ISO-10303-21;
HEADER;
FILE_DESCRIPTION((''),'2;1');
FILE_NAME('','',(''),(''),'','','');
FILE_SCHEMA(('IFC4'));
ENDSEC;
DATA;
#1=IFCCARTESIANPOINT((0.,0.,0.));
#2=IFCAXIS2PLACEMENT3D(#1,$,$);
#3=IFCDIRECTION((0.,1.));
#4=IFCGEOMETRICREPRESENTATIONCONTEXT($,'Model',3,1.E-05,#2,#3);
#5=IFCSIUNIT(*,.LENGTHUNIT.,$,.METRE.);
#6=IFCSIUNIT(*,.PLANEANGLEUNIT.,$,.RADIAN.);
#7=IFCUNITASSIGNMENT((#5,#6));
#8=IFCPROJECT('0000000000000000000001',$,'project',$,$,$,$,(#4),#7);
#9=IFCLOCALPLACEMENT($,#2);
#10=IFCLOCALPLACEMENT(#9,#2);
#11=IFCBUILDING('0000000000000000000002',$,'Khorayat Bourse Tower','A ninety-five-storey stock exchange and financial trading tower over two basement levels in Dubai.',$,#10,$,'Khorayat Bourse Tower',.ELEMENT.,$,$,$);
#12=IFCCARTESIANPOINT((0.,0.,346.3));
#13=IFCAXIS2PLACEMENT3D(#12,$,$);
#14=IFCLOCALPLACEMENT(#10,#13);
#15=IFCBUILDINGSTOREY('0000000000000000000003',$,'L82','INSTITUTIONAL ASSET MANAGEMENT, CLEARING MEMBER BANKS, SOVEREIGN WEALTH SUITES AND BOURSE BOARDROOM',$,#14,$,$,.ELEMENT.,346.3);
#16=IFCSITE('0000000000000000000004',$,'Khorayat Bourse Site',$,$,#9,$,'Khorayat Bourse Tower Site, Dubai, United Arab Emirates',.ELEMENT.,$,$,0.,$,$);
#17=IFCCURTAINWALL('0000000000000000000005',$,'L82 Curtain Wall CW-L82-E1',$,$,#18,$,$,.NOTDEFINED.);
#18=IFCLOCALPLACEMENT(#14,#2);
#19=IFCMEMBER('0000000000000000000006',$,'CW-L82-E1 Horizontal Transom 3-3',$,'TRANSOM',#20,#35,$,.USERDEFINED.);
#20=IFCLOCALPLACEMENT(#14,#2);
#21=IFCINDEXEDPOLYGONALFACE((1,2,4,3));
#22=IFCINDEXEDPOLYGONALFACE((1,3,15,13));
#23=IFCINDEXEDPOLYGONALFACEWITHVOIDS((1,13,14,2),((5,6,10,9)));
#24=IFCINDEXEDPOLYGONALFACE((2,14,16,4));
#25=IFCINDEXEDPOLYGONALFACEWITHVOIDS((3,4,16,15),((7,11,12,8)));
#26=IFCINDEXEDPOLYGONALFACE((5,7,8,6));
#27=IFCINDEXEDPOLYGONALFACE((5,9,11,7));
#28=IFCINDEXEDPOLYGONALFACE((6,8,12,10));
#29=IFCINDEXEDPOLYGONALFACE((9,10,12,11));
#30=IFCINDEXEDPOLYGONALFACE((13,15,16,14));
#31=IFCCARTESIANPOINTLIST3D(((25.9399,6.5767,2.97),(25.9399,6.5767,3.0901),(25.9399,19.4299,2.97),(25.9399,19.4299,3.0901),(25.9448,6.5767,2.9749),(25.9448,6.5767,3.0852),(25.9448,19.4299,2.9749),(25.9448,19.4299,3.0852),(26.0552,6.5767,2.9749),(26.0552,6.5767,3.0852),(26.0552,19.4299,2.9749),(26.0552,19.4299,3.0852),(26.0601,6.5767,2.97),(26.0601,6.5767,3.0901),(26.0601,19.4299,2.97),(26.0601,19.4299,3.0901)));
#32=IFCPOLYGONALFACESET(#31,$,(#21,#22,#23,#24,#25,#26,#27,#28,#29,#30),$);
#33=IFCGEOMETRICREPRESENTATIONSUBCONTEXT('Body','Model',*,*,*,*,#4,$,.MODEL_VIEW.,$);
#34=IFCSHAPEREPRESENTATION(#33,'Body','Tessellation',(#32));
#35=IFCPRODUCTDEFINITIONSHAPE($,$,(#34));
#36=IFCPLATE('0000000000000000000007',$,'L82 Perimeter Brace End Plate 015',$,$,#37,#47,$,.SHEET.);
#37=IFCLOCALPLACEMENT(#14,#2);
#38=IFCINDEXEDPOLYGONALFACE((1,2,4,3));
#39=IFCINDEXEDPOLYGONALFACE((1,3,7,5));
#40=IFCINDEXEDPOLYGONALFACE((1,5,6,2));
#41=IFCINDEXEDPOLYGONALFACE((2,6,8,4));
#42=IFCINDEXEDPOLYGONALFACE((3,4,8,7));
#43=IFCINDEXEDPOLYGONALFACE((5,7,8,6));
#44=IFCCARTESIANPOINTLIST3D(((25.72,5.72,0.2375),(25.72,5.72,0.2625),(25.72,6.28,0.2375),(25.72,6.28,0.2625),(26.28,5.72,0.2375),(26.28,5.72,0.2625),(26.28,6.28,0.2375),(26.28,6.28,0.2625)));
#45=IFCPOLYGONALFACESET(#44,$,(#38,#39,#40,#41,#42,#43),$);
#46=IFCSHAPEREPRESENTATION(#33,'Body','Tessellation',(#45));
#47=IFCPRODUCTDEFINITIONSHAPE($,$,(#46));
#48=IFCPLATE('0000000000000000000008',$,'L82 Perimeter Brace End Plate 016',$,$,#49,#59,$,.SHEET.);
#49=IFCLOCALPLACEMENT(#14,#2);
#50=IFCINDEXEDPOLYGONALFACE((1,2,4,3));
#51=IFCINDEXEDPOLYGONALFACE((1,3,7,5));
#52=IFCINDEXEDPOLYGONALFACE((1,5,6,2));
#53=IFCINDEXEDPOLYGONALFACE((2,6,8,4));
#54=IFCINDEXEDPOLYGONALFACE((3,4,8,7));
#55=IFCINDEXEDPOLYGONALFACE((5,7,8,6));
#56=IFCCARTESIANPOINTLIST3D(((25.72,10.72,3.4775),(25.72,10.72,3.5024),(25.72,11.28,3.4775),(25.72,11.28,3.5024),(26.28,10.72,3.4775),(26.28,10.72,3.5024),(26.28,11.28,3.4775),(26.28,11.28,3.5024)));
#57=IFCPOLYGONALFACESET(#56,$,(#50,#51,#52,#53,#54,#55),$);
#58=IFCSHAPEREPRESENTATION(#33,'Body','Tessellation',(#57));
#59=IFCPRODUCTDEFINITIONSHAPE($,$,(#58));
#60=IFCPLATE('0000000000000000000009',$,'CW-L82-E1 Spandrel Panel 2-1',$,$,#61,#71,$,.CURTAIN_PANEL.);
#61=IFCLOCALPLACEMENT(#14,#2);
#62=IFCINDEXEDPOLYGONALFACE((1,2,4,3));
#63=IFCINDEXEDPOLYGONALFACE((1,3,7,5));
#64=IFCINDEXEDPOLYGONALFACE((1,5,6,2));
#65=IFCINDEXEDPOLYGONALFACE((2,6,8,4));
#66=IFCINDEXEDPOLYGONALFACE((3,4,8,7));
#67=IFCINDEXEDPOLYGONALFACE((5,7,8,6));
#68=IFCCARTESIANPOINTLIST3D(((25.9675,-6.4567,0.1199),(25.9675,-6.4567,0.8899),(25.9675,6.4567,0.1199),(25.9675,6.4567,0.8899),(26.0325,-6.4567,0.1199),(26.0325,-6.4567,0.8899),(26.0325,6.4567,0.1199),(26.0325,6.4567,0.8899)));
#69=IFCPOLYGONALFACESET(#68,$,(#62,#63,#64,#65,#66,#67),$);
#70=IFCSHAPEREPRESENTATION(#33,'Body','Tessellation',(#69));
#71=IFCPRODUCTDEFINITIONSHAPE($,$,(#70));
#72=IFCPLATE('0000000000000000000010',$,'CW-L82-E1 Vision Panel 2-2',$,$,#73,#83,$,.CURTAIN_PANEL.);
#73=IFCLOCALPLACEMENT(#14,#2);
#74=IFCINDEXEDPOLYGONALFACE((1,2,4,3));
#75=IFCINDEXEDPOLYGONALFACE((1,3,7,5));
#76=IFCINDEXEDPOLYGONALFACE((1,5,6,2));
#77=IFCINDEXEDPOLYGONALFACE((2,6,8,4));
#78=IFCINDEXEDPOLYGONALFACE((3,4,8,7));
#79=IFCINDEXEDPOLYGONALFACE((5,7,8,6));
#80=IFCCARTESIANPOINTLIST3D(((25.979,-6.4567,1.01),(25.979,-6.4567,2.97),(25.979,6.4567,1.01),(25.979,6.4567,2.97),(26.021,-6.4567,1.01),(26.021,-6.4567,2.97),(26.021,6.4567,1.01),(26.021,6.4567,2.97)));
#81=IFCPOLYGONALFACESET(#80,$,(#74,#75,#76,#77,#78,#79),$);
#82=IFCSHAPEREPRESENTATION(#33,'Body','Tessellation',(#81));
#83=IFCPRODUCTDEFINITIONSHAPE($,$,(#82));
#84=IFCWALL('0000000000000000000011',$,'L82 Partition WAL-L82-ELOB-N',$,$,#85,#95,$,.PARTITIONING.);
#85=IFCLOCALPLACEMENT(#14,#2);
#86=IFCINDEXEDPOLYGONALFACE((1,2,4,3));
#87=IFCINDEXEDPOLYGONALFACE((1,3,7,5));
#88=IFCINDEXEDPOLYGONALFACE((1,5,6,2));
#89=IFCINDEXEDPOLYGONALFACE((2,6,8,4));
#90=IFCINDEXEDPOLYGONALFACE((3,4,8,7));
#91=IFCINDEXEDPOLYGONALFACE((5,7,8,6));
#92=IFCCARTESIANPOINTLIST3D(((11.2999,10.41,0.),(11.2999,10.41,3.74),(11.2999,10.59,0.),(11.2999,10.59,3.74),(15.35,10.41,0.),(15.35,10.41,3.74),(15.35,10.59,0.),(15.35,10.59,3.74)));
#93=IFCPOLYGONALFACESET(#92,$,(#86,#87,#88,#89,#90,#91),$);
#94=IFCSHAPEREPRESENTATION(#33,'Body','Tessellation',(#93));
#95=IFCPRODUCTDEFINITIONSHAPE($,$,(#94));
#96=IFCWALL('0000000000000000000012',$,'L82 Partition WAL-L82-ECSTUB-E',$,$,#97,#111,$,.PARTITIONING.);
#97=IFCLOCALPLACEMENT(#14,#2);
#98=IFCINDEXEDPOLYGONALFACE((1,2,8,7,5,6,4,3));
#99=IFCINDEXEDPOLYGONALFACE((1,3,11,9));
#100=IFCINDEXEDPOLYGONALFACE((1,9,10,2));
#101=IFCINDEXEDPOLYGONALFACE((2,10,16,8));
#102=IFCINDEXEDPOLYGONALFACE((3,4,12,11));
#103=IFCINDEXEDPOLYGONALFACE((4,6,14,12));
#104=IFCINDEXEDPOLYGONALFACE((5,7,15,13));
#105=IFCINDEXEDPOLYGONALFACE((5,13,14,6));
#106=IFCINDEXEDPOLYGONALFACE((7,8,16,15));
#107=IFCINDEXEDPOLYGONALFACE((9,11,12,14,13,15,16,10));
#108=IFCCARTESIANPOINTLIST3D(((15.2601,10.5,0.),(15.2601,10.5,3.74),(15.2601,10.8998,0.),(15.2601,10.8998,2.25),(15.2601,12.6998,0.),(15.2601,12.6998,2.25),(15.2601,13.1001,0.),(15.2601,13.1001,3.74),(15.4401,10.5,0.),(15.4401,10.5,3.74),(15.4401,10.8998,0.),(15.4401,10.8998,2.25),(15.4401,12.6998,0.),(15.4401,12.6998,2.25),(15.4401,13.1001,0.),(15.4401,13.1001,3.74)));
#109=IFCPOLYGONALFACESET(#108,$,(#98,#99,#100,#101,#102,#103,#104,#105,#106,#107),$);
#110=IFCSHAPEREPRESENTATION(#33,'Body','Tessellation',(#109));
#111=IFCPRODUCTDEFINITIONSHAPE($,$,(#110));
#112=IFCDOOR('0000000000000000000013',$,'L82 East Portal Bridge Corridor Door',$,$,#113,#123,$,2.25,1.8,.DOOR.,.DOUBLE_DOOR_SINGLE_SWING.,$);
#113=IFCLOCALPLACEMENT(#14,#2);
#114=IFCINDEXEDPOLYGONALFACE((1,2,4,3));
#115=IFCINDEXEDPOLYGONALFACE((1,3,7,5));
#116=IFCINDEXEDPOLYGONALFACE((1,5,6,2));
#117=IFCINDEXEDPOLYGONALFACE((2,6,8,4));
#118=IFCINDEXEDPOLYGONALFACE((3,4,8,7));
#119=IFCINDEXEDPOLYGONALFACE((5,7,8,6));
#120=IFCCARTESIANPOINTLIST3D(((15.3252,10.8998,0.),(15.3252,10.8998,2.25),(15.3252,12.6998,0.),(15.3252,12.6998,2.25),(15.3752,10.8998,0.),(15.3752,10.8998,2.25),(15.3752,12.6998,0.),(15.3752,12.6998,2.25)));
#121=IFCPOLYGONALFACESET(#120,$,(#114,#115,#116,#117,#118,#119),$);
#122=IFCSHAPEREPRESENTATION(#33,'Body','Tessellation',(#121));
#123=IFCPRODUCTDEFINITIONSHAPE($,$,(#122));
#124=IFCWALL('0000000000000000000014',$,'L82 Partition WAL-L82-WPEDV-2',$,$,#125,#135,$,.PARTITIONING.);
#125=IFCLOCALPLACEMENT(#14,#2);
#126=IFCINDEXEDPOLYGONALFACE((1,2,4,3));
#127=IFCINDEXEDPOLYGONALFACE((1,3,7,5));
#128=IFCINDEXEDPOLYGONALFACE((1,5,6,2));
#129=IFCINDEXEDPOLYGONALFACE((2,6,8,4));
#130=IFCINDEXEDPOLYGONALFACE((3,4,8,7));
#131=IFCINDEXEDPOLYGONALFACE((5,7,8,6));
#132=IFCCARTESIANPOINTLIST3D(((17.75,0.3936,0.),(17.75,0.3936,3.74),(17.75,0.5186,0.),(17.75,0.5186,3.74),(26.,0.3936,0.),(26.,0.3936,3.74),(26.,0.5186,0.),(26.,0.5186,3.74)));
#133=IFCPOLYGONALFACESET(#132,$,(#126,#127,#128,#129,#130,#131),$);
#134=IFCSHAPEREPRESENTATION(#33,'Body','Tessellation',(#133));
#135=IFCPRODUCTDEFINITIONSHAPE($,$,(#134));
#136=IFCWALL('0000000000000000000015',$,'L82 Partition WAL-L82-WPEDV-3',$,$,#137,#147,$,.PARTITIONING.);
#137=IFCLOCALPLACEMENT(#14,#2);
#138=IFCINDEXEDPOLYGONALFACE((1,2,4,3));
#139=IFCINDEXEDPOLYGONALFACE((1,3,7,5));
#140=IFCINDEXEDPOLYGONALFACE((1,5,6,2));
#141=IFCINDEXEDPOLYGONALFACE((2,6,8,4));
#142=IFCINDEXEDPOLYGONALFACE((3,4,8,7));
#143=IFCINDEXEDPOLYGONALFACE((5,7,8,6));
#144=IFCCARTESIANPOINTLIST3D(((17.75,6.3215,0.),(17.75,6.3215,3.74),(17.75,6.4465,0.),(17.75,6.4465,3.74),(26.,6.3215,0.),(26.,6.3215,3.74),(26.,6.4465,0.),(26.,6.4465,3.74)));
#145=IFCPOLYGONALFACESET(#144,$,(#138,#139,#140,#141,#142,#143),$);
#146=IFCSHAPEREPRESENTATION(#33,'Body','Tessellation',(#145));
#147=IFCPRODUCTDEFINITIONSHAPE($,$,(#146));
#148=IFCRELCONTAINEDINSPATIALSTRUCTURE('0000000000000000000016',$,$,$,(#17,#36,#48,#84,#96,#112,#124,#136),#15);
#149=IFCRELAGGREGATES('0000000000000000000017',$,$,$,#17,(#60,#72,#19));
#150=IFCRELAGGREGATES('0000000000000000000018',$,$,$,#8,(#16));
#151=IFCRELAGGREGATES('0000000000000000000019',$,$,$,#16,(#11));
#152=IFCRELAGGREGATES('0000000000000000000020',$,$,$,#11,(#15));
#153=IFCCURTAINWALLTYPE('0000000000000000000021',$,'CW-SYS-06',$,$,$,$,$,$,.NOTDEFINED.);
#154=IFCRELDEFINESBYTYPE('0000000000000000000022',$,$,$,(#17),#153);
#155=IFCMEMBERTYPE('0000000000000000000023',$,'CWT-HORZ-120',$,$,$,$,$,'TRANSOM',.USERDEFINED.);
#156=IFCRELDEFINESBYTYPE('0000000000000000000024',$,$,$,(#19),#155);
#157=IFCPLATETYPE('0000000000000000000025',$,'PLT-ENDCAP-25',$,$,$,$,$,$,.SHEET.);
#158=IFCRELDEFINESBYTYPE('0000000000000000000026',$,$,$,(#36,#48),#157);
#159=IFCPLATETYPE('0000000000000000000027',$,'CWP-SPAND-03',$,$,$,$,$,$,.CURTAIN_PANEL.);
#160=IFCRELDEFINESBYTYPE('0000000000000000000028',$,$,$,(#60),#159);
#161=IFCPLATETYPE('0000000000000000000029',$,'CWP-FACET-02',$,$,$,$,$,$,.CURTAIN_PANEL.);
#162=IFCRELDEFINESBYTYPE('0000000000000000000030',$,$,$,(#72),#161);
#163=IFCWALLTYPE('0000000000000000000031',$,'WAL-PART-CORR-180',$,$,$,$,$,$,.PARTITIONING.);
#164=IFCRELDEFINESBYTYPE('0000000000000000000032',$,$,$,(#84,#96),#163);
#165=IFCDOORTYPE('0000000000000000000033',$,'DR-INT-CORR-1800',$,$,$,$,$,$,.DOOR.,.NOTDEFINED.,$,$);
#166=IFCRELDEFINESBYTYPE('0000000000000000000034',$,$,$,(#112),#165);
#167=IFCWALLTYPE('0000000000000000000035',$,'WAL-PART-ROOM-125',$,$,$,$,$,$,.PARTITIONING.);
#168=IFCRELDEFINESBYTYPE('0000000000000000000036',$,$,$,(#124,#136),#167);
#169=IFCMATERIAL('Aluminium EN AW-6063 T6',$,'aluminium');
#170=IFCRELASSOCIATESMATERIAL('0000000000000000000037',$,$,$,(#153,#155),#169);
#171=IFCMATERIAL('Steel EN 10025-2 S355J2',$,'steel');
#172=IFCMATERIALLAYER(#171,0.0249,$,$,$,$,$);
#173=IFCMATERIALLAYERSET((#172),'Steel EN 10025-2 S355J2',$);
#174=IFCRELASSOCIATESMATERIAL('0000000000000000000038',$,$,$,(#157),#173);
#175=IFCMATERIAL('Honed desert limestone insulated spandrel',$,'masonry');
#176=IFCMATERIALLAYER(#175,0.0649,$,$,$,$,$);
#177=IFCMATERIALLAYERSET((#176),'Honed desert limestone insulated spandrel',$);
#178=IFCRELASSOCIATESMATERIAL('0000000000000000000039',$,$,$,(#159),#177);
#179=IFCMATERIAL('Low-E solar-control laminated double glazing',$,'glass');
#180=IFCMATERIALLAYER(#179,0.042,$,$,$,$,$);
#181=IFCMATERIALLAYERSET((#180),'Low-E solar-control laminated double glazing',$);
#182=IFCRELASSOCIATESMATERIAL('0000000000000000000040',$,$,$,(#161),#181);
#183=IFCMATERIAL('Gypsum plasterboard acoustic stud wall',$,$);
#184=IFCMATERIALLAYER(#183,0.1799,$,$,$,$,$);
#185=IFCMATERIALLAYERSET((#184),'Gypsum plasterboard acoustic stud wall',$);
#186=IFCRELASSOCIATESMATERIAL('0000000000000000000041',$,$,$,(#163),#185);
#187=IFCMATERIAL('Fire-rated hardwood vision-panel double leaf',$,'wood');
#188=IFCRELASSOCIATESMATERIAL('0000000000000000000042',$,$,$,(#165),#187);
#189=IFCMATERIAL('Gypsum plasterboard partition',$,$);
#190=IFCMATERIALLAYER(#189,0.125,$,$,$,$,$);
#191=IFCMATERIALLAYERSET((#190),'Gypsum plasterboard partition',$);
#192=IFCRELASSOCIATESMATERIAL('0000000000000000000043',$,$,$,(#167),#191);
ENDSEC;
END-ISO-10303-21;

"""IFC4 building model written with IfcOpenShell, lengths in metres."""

from ifc_helpers import new_model, si_unit, direction, frame, frame_2d, origin, origin_2d, place, context, subcontext, project, spatial, rectangle, hollow_rectangle, extrude, source, transform, mapped, material, layer, layer_set, material_profile, profile_set, type_object, element, fill, aggregate, save


model = new_model("IFC4")

# Units and contexts
model_context = context("Model", 3, precision=1e-05, world=origin(), true_north=direction((0.0, 1.0)))
body_context = subcontext(model_context, "Body", "Model", "MODEL_VIEW")
ifc_project = project(units=[si_unit("LENGTHUNIT", "METRE"), si_unit("PLANEANGLEUNIT", "RADIAN")], contexts=[model_context])

# Site, building, storey
site_placement = place(None, origin())
site = spatial("IfcSite", under=ifc_project, at=site_placement, Name="Khorayat Bourse Site", LongName="Khorayat Bourse Tower Site, Dubai, United Arab Emirates", CompositionType="ELEMENT", RefElevation=0.0)
building_placement = place(site_placement, origin())
building = spatial("IfcBuilding", under=site, at=building_placement, Name="Khorayat Bourse Tower", Description="A ninety-five-storey stock exchange and financial trading tower over two basement levels in Dubai.", LongName="Khorayat Bourse Tower", CompositionType="ELEMENT")
storey_placement = place(building_placement, frame((0.0, 0.0, 346.3)))
storey = spatial("IfcBuildingStorey", under=building, at=storey_placement, Name="L82", Description="INSTITUTIONAL ASSET MANAGEMENT, CLEARING MEMBER BANKS, SOVEREIGN WEALTH SUITES AND BOURSE BOARDROOM", CompositionType="ELEMENT", Elevation=346.3)

# Shared definitions
ifc_material_1 = material(Name="Steel EN 10025-2 S355J2", Category="steel")

# Curtain wall, member
ifc_material_2 = material(Name="Aluminium EN AW-6063 T6", Category="aluminium")
curtain_wall_type = type_object("IfcCurtainWallType", Name="CW-SYS-06", PredefinedType="NOTDEFINED", material=ifc_material_2)
curtain_wall_placement = place(storey_placement, origin())
curtain_wall = element("IfcCurtainWall", 1, at=curtain_wall_placement, inside=storey, type_object=curtain_wall_type, Name="L82 Curtain Wall CW-L82-E1", PredefinedType="NOTDEFINED")
ifc_material_profile_1 = material_profile(ifc_material_2, hollow_rectangle(XDim=0.1201, YDim=0.1201, WallThickness=0.0049, at=origin_2d()), Name="ALU 120x120x5")
ifc_profile_set_1 = profile_set([ifc_material_profile_1], Name="Aluminium EN AW-6063 T6")
member_type_1 = type_object("IfcMemberType", Name="CWT-HORZ-120", ElementType="TRANSOM", PredefinedType="USERDEFINED", material=ifc_profile_set_1)
shared_shape_1 = source(origin(), body_context, "Body", "SweptSolid", [
    extrude(hollow_rectangle(XDim=0.1201, YDim=0.1201, WallThickness=0.0049, at=origin_2d()), origin(), (0.0, 0.0, 1.0), 12.8533),
])
member_1_placement = place(storey_placement, frame((26.0, 6.5767, 3.03), z_axis=(0.0, 1.0, 0.0), x_axis=(-1.0, 0.0, 0.0)))
member_1 = element("IfcMember", 2, at=member_1_placement, type_object=member_type_1, Name="CW-L82-E1 Horizontal Transom 3-3", ObjectType="TRANSOM", PredefinedType="USERDEFINED", context=body_context, shape_type="MappedRepresentation", body=[
    mapped(shared_shape_1, transform((0.0, 0.0, 0.0), scale=1.0)),
])

# Plates
ifc_layer_1 = layer(ifc_material_1, 0.0249)
ifc_layer_set_1 = layer_set([ifc_layer_1], Name="Steel EN 10025-2 S355J2")
plate_type_1 = type_object("IfcPlateType", Name="PLT-ENDCAP-25", PredefinedType="SHEET", material=ifc_layer_set_1)
shared_shape_2 = source(origin(), body_context, "Body", "SweptSolid", [
    extrude(rectangle(XDim=0.5601, YDim=0.5601, at=origin_2d()), origin(), (0.0, 0.0, 1.0), 0.0249),
])
for number, where, z_axis, x_axis, name in (
    (3, (26.0, 6.0, 0.2375), (0.0, 0.0, 1.0), (1.0, 0.0, 0.0), "L82 Perimeter Brace End Plate 015"),
    (4, (26.0, 11.0, 3.4775), (0.0, 0.0, 1.0), (1.0, 0.0, 0.0), "L82 Perimeter Brace End Plate 016"),
):
    element("IfcPlate", number, at=place(storey_placement, frame(where, z_axis=z_axis, x_axis=x_axis)), inside=storey, type_object=plate_type_1, Name=name, PredefinedType="SHEET", context=body_context, shape_type="MappedRepresentation", body=[
        mapped(shared_shape_2, transform((0.0, 0.0, 0.0), scale=1.0)),
    ])

# Plates
ifc_material_3 = material(Name="Honed desert limestone insulated spandrel", Category="masonry")
ifc_layer_2 = layer(ifc_material_3, 0.0649)
ifc_layer_set_2 = layer_set([ifc_layer_2], Name="Honed desert limestone insulated spandrel")
plate_type_2 = type_object("IfcPlateType", Name="CWP-SPAND-03", PredefinedType="CURTAIN_PANEL", material=ifc_layer_set_2)
shared_shape_3 = source(origin(), body_context, "Body", "SweptSolid", [
    extrude(rectangle(XDim=12.9133, YDim=0.0649, at=origin_2d()), origin(), (0.0, 0.0, 1.0), 0.77),
])
plate_1_placement = place(storey_placement, frame((26.0, 0.0, 0.1199), z_axis=(0.0, 0.0, 1.0), x_axis=(0.0, 1.0, 0.0)))
plate_1 = element("IfcPlate", 5, at=plate_1_placement, type_object=plate_type_2, Name="CW-L82-E1 Spandrel Panel 2-1", PredefinedType="CURTAIN_PANEL", context=body_context, shape_type="MappedRepresentation", body=[
    mapped(shared_shape_3, transform((0.0, 0.0, 0.0), scale=1.0)),
])
ifc_material_4 = material(Name="Low-E solar-control laminated double glazing", Category="glass")
ifc_layer_3 = layer(ifc_material_4, 0.042)
ifc_layer_set_3 = layer_set([ifc_layer_3], Name="Low-E solar-control laminated double glazing")
plate_type_3 = type_object("IfcPlateType", Name="CWP-FACET-02", PredefinedType="CURTAIN_PANEL", material=ifc_layer_set_3)
shared_shape_4 = source(origin(), body_context, "Body", "SweptSolid", [
    extrude(rectangle(XDim=12.9133, YDim=0.042, at=origin_2d()), origin(), (0.0, 0.0, 1.0), 1.96),
])
plate_2_placement = place(storey_placement, frame((26.0, 0.0, 1.01), z_axis=(0.0, 0.0, 1.0), x_axis=(0.0, 1.0, 0.0)))
plate_2 = element("IfcPlate", 6, at=plate_2_placement, type_object=plate_type_3, Name="CW-L82-E1 Vision Panel 2-2", PredefinedType="CURTAIN_PANEL", context=body_context, shape_type="MappedRepresentation", body=[
    mapped(shared_shape_4, transform((0.0, 0.0, 0.0), scale=1.0)),
])
aggregate(curtain_wall, [plate_1, plate_2, member_1])

# Wall
ifc_material_5 = material(Name="Gypsum plasterboard acoustic stud wall")
ifc_layer_4 = layer(ifc_material_5, 0.1799)
ifc_layer_set_4 = layer_set([ifc_layer_4], Name="Gypsum plasterboard acoustic stud wall")
wall_type_1 = type_object("IfcWallType", Name="WAL-PART-CORR-180", PredefinedType="PARTITIONING", material=ifc_layer_set_4)
shared_shape_5 = source(origin(), body_context, "Body", "SweptSolid", [
    extrude(rectangle(XDim=4.05, YDim=0.1799, at=frame_2d((2.0249, 0.0))), origin(), (0.0, 0.0, 1.0), 3.74),
])
wall_1_placement = place(storey_placement, frame((11.3, 10.5, 0.0), z_axis=(0.0, 0.0, 1.0), x_axis=(1.0, 0.0, 0.0)))
element("IfcWall", 7, at=wall_1_placement, inside=storey, type_object=wall_type_1, Name="L82 Partition WAL-L82-ELOB-N", PredefinedType="PARTITIONING", context=body_context, shape_type="MappedRepresentation", body=[
    mapped(shared_shape_5, transform((0.0, 0.0, 0.0), scale=1.0)),
])

# Wall, opening, door
shared_shape_6 = source(origin(), body_context, "Body", "SweptSolid", [
    extrude(rectangle(XDim=2.6001, YDim=0.1799, at=frame_2d((1.3, 0.0))), origin(), (0.0, 0.0, 1.0), 3.74),
])
wall_2_placement = place(storey_placement, frame((15.3501, 10.5, 0.0), z_axis=(0.0, 0.0, 1.0), x_axis=(0.0, 1.0, 0.0)))
wall_2 = element("IfcWall", 8, at=wall_2_placement, inside=storey, type_object=wall_type_1, Name="L82 Partition WAL-L82-ECSTUB-E", PredefinedType="PARTITIONING", context=body_context, shape_type="MappedRepresentation", body=[
    mapped(shared_shape_6, transform((0.0, 0.0, 0.0), scale=1.0)),
])
shared_shape_7 = source(origin(), body_context, "Body", "SweptSolid", [
    extrude(rectangle(XDim=1.8, YDim=2.25, at=frame_2d((0.8999, 1.125))), frame((0.0, 0.0999, 0.0), z_axis=(0.0, -1.0, 0.0), x_axis=(1.0, 0.0, 0.0)), (0.0, 0.0, 1.0), 0.2),
])
opening_placement = place(wall_2_placement, frame((0.3999, 0.0, 0.0)))
opening = element("IfcOpeningElement", 9, at=opening_placement, cuts=wall_2, PredefinedType="OPENING", context=body_context, shape_type="MappedRepresentation", body=[
    mapped(shared_shape_7, transform((0.0, 0.0, 0.0), scale=1.0)),
])
ifc_material_6 = material(Name="Fire-rated hardwood vision-panel double leaf", Category="wood")
door_type = type_object("IfcDoorType", Name="DR-INT-CORR-1800", OperationType="NOTDEFINED", PredefinedType="DOOR", material=ifc_material_6)
shared_shape_8 = source(origin(), body_context, "Body", "SweptSolid", [
    extrude(rectangle(XDim=1.8, YDim=2.25, at=frame_2d((0.8999, 1.125))), frame((0.0, 0.0249, 0.0), z_axis=(0.0, -1.0, 0.0), x_axis=(1.0, 0.0, 0.0)), (0.0, 0.0, 1.0), 0.05),
])
door_placement = place(opening_placement, origin())
door = element("IfcDoor", 10, at=door_placement, inside=storey, type_object=door_type, Name="L82 East Portal Bridge Corridor Door", OperationType="DOUBLE_DOOR_SINGLE_SWING", OverallHeight=2.25, OverallWidth=1.8, PredefinedType="DOOR", context=body_context, shape_type="MappedRepresentation", body=[
    mapped(shared_shape_8, transform((0.0, 0.0, 0.0), scale=1.0)),
])
fill(opening, door)

# Walls
ifc_material_7 = material(Name="Gypsum plasterboard partition")
ifc_layer_5 = layer(ifc_material_7, 0.125)
ifc_layer_set_5 = layer_set([ifc_layer_5], Name="Gypsum plasterboard partition")
wall_type_2 = type_object("IfcWallType", Name="WAL-PART-ROOM-125", PredefinedType="PARTITIONING", material=ifc_layer_set_5)
shared_shape_9 = source(origin(), body_context, "Body", "SweptSolid", [
    extrude(rectangle(XDim=8.25, YDim=0.125, at=frame_2d((4.125, 0.0))), origin(), (0.0, 0.0, 1.0), 3.74),
])
for number, where, z_axis, x_axis, name in (
    (11, (17.75, 0.4561, 0.0), (0.0, 0.0, 1.0), (1.0, 0.0, 0.0), "L82 Partition WAL-L82-WPEDV-2"),
    (12, (17.75, 6.384, 0.0), (0.0, 0.0, 1.0), (1.0, 0.0, 0.0), "L82 Partition WAL-L82-WPEDV-3"),
):
    element("IfcWall", number, at=place(storey_placement, frame(where, z_axis=z_axis, x_axis=x_axis)), inside=storey, type_object=wall_type_2, Name=name, PredefinedType="PARTITIONING", context=body_context, shape_type="MappedRepresentation", body=[
        mapped(shared_shape_9, transform((0.0, 0.0, 0.0), scale=1.0)),
    ])

save(model, "model.ifc")
